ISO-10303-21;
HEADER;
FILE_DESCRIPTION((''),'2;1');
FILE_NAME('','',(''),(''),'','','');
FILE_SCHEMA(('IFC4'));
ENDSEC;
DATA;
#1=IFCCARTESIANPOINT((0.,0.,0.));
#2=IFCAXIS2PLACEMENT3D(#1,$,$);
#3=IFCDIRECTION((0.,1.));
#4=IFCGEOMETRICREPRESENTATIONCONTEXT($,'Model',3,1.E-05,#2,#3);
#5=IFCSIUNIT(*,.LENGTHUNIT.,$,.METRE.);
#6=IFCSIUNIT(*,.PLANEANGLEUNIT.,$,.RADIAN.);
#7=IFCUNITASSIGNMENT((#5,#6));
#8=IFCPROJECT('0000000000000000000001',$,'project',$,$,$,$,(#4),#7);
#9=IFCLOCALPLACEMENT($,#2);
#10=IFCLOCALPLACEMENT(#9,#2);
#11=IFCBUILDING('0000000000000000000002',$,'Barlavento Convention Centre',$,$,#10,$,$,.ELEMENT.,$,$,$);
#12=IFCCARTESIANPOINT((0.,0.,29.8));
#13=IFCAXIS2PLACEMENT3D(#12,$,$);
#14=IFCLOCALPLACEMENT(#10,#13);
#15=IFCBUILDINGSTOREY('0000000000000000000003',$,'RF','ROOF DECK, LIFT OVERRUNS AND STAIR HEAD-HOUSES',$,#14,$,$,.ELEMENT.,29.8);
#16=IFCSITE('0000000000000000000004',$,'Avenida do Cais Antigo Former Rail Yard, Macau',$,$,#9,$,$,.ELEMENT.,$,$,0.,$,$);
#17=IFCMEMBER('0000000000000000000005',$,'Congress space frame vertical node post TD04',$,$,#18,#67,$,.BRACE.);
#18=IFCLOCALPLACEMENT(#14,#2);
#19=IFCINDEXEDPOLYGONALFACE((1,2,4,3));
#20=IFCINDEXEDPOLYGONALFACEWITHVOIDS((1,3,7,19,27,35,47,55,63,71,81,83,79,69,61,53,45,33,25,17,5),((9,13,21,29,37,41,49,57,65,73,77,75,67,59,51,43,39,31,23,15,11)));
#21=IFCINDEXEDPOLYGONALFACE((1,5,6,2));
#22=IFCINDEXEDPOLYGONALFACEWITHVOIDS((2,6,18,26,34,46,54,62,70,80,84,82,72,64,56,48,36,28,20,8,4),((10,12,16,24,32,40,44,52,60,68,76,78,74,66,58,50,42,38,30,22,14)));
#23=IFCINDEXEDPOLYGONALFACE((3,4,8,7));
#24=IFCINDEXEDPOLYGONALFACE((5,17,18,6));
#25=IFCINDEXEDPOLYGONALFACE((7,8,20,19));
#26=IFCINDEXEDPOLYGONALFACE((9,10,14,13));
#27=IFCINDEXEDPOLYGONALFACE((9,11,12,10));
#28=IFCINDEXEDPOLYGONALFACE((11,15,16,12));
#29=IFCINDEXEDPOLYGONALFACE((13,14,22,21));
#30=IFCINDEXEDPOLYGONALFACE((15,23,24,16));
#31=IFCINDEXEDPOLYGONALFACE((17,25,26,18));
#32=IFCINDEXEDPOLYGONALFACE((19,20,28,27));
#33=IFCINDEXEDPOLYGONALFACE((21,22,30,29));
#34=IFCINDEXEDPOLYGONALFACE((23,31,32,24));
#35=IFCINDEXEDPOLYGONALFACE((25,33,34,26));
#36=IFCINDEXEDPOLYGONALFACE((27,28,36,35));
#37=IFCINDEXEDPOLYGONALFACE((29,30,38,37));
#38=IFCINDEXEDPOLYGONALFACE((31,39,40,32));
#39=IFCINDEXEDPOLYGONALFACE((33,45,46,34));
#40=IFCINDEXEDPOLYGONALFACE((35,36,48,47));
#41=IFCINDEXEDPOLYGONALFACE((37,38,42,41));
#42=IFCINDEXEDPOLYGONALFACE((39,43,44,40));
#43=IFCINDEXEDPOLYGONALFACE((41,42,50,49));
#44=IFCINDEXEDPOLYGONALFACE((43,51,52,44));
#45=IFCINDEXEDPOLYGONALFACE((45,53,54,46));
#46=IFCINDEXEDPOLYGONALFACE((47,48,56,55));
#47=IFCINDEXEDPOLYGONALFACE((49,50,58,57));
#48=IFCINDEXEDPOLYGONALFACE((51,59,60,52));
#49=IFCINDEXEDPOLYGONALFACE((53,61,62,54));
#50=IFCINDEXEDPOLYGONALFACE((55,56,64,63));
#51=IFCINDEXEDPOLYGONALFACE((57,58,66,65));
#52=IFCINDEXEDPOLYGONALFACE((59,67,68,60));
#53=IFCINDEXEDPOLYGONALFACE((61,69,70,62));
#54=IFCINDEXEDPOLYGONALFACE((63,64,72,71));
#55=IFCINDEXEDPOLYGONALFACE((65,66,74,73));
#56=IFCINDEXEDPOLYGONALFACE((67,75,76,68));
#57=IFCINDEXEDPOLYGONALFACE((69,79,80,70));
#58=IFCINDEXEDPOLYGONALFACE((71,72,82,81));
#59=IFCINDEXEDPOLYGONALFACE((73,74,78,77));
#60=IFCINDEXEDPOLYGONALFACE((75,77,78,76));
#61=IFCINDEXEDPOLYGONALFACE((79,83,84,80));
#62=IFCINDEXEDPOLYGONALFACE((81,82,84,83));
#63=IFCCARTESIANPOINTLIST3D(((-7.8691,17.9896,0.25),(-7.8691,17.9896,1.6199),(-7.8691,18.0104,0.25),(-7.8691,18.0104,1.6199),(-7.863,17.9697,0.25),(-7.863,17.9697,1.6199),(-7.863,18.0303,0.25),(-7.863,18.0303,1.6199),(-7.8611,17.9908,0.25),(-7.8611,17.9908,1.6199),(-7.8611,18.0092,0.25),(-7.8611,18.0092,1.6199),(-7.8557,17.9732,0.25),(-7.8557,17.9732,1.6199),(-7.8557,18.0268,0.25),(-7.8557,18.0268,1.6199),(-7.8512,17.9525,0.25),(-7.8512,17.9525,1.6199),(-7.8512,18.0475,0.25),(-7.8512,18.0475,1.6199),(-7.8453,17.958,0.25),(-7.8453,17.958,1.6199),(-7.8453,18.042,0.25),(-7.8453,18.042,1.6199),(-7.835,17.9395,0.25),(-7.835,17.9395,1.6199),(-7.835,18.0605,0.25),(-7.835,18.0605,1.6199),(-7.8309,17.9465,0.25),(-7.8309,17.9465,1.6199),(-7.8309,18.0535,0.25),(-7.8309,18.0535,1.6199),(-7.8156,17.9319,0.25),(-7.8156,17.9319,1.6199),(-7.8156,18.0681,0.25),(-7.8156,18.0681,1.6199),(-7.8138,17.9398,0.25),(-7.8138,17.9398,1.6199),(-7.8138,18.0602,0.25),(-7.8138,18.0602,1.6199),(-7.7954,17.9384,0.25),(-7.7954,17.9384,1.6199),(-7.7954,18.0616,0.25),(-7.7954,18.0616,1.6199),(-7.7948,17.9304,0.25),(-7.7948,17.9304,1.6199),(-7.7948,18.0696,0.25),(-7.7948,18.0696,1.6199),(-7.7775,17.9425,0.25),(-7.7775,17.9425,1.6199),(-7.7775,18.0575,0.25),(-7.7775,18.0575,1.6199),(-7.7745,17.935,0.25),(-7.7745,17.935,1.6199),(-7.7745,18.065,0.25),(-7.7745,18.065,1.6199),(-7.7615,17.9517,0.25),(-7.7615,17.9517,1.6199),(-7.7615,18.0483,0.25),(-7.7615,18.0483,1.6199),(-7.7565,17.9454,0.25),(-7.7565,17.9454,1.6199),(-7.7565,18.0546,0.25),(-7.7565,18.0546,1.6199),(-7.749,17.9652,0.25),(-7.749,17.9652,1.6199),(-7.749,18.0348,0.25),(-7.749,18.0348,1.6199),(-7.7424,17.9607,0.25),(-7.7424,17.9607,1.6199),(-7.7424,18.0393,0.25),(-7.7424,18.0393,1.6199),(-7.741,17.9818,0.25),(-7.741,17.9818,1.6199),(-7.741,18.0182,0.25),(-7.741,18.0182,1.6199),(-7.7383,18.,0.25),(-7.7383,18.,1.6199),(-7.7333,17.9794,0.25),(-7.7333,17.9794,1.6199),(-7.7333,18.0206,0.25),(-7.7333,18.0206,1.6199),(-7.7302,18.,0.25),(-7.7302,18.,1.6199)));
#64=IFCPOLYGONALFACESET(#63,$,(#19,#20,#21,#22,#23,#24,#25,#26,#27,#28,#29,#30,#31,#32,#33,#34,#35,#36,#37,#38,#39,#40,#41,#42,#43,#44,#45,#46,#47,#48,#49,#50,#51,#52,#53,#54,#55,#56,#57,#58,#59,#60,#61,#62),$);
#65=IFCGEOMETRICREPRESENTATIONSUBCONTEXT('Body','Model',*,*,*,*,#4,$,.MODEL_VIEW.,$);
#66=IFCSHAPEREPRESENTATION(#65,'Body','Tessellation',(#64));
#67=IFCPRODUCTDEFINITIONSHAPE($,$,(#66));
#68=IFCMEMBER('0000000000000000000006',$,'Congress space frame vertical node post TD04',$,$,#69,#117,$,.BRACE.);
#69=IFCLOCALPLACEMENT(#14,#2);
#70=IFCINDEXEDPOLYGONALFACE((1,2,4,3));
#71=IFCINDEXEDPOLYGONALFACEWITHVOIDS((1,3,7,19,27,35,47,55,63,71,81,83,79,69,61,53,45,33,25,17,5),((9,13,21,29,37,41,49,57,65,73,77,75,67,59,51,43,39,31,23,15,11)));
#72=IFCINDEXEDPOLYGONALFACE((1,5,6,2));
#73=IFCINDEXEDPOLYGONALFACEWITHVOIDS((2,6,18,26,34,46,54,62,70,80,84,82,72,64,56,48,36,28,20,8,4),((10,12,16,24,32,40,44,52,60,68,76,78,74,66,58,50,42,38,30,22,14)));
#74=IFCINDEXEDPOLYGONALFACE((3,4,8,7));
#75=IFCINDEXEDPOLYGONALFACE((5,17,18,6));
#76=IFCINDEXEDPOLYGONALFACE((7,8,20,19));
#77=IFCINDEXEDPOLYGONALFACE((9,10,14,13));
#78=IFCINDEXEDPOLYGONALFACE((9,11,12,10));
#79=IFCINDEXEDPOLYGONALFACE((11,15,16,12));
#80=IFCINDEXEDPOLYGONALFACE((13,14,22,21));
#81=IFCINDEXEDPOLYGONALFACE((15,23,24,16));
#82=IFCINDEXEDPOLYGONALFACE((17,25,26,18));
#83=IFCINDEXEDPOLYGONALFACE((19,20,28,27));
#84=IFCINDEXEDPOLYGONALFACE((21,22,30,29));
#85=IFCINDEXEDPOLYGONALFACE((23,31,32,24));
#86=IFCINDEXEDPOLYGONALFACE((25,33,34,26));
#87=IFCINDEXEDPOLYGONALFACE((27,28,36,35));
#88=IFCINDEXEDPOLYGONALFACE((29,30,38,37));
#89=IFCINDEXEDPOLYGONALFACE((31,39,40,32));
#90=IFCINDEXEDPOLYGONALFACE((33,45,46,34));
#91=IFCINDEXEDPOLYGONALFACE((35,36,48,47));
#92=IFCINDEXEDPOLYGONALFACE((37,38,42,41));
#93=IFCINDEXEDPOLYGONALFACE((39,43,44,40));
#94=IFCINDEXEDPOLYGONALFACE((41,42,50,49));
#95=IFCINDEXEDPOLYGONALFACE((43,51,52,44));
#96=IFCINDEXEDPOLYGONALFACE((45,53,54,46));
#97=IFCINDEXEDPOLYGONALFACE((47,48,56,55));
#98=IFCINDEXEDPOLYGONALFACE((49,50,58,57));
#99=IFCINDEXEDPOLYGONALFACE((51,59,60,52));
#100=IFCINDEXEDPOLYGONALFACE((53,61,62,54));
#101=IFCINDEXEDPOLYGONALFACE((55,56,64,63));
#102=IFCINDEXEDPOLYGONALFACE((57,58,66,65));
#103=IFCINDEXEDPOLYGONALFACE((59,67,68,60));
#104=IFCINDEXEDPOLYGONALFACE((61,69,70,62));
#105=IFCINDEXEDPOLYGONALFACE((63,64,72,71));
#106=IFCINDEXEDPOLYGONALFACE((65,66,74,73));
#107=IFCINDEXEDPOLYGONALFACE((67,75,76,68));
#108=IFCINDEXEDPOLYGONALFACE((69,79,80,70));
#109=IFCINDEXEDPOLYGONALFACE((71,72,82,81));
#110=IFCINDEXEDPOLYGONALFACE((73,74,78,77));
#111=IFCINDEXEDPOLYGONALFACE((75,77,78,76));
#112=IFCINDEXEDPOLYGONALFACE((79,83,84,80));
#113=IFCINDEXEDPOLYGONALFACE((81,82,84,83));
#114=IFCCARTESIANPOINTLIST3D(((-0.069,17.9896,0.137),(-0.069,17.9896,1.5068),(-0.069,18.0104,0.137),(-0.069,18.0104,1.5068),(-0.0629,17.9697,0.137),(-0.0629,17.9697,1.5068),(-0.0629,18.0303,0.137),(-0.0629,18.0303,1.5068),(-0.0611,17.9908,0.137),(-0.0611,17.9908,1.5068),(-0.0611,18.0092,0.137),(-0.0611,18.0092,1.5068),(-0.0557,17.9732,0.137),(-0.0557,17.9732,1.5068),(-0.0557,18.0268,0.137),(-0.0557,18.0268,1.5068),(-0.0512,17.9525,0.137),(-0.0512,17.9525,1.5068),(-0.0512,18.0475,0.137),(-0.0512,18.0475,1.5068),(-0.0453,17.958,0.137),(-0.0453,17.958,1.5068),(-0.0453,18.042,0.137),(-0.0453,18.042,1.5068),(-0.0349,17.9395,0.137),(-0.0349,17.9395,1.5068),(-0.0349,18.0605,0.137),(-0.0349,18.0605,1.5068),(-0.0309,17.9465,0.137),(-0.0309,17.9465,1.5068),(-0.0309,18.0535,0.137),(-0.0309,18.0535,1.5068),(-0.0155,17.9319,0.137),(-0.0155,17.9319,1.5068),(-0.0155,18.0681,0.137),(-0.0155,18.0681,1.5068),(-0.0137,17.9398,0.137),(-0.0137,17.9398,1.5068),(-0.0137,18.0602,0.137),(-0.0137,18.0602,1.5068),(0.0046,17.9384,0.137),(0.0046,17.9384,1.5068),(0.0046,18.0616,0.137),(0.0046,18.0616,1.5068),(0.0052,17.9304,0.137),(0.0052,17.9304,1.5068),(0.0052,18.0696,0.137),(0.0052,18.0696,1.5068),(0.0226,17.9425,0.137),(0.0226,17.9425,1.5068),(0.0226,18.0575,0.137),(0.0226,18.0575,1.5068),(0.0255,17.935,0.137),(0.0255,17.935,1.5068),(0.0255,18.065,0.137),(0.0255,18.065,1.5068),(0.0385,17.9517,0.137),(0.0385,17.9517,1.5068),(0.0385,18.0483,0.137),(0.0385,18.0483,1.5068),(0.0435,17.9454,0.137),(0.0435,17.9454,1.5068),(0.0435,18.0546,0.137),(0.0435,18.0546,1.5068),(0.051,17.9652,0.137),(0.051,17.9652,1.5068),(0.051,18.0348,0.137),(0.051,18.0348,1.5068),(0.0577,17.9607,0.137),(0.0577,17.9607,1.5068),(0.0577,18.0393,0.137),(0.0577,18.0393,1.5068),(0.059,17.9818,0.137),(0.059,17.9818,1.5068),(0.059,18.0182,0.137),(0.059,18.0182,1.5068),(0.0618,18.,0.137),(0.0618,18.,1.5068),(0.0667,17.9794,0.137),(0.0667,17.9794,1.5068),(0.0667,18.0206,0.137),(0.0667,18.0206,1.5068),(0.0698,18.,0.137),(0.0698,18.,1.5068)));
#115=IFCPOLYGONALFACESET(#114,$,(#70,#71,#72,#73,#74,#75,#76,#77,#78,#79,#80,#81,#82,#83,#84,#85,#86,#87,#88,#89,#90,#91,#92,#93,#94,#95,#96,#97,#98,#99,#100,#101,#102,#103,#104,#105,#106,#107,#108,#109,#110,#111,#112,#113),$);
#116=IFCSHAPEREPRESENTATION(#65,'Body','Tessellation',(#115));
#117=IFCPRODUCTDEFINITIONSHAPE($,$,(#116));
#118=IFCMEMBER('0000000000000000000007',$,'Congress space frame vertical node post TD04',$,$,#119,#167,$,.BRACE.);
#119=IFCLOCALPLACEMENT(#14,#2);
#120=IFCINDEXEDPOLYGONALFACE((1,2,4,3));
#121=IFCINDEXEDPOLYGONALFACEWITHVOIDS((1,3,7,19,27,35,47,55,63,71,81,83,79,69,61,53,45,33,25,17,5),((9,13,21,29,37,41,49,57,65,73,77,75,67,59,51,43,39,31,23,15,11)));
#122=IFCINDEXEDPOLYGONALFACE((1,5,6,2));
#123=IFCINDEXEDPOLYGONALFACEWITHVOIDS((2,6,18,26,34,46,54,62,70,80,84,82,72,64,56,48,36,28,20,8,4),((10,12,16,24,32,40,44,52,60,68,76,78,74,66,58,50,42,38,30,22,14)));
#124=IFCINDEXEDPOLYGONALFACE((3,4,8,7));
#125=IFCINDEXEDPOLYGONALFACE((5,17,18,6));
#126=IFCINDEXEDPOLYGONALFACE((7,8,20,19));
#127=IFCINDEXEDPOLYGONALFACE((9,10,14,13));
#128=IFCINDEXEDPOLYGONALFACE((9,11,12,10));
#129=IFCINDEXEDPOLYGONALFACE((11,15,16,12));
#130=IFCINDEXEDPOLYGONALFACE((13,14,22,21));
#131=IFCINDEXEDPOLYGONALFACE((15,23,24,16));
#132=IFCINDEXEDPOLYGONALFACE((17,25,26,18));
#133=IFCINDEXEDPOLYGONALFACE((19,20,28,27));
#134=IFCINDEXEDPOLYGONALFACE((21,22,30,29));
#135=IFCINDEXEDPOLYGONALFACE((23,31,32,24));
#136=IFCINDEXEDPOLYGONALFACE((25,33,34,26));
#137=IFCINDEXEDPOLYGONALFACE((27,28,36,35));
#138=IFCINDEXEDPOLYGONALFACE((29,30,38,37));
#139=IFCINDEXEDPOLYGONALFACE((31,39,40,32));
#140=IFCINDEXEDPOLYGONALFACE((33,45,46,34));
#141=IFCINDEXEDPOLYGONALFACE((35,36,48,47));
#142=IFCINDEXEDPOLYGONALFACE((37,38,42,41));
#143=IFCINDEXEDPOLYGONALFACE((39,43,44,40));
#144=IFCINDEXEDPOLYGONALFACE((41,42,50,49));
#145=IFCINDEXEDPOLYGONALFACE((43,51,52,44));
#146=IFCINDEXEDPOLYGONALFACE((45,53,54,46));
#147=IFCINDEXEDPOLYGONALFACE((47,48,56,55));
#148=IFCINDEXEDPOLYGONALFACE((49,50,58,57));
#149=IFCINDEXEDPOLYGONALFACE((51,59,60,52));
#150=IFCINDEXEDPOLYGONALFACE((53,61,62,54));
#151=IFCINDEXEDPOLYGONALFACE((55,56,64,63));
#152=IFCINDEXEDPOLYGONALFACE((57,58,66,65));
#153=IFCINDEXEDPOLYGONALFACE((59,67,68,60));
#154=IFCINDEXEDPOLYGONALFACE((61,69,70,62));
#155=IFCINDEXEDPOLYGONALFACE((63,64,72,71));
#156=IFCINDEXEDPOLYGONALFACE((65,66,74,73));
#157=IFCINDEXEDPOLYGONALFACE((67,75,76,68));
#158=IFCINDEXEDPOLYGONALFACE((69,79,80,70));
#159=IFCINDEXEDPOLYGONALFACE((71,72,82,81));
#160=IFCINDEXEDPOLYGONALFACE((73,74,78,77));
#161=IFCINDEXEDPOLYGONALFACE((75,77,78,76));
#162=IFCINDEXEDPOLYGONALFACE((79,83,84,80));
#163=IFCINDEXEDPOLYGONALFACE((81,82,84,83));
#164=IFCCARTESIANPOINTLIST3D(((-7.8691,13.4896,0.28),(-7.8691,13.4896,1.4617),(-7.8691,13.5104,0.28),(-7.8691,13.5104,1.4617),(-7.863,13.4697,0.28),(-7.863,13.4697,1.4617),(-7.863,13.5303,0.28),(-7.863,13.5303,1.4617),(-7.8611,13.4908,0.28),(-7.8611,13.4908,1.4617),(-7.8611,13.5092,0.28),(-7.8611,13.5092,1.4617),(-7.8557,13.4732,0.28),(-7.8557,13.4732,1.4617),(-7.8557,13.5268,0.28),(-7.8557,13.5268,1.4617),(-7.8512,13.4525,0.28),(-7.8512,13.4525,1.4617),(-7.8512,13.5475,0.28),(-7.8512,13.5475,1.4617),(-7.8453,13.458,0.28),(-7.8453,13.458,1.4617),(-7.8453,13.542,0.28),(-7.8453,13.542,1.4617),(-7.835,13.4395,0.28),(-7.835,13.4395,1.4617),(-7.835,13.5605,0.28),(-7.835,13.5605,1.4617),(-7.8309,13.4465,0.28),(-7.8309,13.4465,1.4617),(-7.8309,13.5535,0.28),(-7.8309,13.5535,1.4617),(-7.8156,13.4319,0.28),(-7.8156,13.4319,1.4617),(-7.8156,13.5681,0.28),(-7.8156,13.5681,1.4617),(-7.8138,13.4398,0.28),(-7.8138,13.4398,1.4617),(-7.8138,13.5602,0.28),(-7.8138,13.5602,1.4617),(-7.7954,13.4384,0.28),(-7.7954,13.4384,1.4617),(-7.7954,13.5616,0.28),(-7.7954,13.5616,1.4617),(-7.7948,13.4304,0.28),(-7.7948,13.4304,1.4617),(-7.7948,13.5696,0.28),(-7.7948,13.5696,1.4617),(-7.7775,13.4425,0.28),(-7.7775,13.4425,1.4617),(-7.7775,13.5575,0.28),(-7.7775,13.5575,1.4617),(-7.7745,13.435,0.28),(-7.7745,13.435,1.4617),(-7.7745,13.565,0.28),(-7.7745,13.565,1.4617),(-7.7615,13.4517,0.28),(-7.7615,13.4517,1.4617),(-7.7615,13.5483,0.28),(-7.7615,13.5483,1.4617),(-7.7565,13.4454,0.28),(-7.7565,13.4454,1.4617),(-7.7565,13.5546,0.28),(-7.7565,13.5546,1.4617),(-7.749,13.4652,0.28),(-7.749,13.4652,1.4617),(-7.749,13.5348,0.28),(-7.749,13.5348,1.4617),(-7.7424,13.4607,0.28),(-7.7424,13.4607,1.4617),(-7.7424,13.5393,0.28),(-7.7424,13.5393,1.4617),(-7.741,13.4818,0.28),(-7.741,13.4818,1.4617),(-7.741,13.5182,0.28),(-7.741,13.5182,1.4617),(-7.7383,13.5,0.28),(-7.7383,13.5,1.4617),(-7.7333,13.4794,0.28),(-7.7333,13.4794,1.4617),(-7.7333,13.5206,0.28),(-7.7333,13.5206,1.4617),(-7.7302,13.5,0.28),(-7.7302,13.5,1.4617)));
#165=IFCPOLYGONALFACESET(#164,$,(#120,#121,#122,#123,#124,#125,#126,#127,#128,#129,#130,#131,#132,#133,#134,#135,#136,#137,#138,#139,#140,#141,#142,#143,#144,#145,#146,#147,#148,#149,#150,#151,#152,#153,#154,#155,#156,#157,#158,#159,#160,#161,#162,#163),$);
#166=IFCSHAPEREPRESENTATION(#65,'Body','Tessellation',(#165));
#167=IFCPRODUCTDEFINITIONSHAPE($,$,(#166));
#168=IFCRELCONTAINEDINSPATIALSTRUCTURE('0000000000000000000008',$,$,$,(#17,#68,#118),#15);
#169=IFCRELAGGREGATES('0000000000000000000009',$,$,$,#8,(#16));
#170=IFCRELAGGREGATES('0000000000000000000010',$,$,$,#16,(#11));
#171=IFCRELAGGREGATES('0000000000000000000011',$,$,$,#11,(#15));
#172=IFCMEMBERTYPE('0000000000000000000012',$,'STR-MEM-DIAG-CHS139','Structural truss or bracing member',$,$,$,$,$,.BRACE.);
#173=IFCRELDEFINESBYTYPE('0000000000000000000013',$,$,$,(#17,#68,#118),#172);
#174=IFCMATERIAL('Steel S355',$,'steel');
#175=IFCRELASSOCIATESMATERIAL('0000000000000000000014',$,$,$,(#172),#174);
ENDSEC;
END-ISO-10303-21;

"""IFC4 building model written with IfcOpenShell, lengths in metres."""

from ifc_helpers import new_model, si_unit, direction, frame, origin, origin_2d, place, context, subcontext, project, spatial, hollow_circle, extrude, material, material_profile, profile_set, type_object, element, save


model = new_model("IFC4")

# Units and contexts
model_context = context("Model", 3, precision=1e-05, world=origin(), true_north=direction((0.0, 1.0)))
body_context = subcontext(model_context, "Body", "Model", "MODEL_VIEW")
ifc_project = project(units=[si_unit("LENGTHUNIT", "METRE"), si_unit("PLANEANGLEUNIT", "RADIAN")], contexts=[model_context])

# Site, building, storey
site_placement = place(None, origin())
site = spatial("IfcSite", under=ifc_project, at=site_placement, Name="Avenida do Cais Antigo Former Rail Yard, Macau", CompositionType="ELEMENT", RefElevation=0.0)
building_placement = place(site_placement, origin())
building = spatial("IfcBuilding", under=site, at=building_placement, Name="Barlavento Convention Centre", CompositionType="ELEMENT")
storey_placement = place(building_placement, frame((0.0, 0.0, 29.8)))
storey = spatial("IfcBuildingStorey", under=building, at=storey_placement, Name="RF", Description="ROOF DECK, LIFT OVERRUNS AND STAIR HEAD-HOUSES", CompositionType="ELEMENT", Elevation=29.8)

# Shared definitions
ifc_material_1 = material(Name="Steel S355", Category="steel")

# Members
ifc_material_profile_1 = material_profile(ifc_material_1, hollow_circle(Radius=0.0698, WallThickness=0.0081, at=origin_2d()), Name="CHS 139.7x8.0")
ifc_profile_set_1 = profile_set([ifc_material_profile_1], Name="Steel S355")
member_type_1 = type_object("IfcMemberType", Name="STR-MEM-DIAG-CHS139", Description="Structural truss or bracing member", PredefinedType="BRACE", material=ifc_profile_set_1)
for number, where, z_axis, x_axis, name in (
    (1, (-7.8, 18.0, 0.25), (0.0, 0.0, 1.0), (1.0, 0.0, 0.0), "Congress space frame vertical node post TD04"),
    (2, (0.0, 18.0, 0.137), (0.0, 0.0, 1.0), (1.0, 0.0, 0.0), "Congress space frame vertical node post TD04"),
):
    element("IfcMember", number, at=place(storey_placement, frame(where, z_axis=z_axis, x_axis=x_axis)), inside=storey, type_object=member_type_1, Name=name, PredefinedType="BRACE", context=body_context, shape_type="SweptSolid", body=[
        extrude(hollow_circle(Radius=0.0698, WallThickness=0.0081, at=origin_2d()), origin(), (0.0, 0.0, 1.0), 1.3699),
    ])
for number, where, z_axis, x_axis, name in (
    (3, (-7.8, 13.5, 0.28), (0.0, 0.0, 1.0), (1.0, 0.0, 0.0), "Congress space frame vertical node post TD04"),
):
    element("IfcMember", number, at=place(storey_placement, frame(where, z_axis=z_axis, x_axis=x_axis)), inside=storey, type_object=member_type_1, Name=name, PredefinedType="BRACE", context=body_context, shape_type="SweptSolid", body=[
        extrude(hollow_circle(Radius=0.0698, WallThickness=0.0081, at=origin_2d()), origin(), (0.0, 0.0, 1.0), 1.1816),
    ])

save(model, "model.ifc")
